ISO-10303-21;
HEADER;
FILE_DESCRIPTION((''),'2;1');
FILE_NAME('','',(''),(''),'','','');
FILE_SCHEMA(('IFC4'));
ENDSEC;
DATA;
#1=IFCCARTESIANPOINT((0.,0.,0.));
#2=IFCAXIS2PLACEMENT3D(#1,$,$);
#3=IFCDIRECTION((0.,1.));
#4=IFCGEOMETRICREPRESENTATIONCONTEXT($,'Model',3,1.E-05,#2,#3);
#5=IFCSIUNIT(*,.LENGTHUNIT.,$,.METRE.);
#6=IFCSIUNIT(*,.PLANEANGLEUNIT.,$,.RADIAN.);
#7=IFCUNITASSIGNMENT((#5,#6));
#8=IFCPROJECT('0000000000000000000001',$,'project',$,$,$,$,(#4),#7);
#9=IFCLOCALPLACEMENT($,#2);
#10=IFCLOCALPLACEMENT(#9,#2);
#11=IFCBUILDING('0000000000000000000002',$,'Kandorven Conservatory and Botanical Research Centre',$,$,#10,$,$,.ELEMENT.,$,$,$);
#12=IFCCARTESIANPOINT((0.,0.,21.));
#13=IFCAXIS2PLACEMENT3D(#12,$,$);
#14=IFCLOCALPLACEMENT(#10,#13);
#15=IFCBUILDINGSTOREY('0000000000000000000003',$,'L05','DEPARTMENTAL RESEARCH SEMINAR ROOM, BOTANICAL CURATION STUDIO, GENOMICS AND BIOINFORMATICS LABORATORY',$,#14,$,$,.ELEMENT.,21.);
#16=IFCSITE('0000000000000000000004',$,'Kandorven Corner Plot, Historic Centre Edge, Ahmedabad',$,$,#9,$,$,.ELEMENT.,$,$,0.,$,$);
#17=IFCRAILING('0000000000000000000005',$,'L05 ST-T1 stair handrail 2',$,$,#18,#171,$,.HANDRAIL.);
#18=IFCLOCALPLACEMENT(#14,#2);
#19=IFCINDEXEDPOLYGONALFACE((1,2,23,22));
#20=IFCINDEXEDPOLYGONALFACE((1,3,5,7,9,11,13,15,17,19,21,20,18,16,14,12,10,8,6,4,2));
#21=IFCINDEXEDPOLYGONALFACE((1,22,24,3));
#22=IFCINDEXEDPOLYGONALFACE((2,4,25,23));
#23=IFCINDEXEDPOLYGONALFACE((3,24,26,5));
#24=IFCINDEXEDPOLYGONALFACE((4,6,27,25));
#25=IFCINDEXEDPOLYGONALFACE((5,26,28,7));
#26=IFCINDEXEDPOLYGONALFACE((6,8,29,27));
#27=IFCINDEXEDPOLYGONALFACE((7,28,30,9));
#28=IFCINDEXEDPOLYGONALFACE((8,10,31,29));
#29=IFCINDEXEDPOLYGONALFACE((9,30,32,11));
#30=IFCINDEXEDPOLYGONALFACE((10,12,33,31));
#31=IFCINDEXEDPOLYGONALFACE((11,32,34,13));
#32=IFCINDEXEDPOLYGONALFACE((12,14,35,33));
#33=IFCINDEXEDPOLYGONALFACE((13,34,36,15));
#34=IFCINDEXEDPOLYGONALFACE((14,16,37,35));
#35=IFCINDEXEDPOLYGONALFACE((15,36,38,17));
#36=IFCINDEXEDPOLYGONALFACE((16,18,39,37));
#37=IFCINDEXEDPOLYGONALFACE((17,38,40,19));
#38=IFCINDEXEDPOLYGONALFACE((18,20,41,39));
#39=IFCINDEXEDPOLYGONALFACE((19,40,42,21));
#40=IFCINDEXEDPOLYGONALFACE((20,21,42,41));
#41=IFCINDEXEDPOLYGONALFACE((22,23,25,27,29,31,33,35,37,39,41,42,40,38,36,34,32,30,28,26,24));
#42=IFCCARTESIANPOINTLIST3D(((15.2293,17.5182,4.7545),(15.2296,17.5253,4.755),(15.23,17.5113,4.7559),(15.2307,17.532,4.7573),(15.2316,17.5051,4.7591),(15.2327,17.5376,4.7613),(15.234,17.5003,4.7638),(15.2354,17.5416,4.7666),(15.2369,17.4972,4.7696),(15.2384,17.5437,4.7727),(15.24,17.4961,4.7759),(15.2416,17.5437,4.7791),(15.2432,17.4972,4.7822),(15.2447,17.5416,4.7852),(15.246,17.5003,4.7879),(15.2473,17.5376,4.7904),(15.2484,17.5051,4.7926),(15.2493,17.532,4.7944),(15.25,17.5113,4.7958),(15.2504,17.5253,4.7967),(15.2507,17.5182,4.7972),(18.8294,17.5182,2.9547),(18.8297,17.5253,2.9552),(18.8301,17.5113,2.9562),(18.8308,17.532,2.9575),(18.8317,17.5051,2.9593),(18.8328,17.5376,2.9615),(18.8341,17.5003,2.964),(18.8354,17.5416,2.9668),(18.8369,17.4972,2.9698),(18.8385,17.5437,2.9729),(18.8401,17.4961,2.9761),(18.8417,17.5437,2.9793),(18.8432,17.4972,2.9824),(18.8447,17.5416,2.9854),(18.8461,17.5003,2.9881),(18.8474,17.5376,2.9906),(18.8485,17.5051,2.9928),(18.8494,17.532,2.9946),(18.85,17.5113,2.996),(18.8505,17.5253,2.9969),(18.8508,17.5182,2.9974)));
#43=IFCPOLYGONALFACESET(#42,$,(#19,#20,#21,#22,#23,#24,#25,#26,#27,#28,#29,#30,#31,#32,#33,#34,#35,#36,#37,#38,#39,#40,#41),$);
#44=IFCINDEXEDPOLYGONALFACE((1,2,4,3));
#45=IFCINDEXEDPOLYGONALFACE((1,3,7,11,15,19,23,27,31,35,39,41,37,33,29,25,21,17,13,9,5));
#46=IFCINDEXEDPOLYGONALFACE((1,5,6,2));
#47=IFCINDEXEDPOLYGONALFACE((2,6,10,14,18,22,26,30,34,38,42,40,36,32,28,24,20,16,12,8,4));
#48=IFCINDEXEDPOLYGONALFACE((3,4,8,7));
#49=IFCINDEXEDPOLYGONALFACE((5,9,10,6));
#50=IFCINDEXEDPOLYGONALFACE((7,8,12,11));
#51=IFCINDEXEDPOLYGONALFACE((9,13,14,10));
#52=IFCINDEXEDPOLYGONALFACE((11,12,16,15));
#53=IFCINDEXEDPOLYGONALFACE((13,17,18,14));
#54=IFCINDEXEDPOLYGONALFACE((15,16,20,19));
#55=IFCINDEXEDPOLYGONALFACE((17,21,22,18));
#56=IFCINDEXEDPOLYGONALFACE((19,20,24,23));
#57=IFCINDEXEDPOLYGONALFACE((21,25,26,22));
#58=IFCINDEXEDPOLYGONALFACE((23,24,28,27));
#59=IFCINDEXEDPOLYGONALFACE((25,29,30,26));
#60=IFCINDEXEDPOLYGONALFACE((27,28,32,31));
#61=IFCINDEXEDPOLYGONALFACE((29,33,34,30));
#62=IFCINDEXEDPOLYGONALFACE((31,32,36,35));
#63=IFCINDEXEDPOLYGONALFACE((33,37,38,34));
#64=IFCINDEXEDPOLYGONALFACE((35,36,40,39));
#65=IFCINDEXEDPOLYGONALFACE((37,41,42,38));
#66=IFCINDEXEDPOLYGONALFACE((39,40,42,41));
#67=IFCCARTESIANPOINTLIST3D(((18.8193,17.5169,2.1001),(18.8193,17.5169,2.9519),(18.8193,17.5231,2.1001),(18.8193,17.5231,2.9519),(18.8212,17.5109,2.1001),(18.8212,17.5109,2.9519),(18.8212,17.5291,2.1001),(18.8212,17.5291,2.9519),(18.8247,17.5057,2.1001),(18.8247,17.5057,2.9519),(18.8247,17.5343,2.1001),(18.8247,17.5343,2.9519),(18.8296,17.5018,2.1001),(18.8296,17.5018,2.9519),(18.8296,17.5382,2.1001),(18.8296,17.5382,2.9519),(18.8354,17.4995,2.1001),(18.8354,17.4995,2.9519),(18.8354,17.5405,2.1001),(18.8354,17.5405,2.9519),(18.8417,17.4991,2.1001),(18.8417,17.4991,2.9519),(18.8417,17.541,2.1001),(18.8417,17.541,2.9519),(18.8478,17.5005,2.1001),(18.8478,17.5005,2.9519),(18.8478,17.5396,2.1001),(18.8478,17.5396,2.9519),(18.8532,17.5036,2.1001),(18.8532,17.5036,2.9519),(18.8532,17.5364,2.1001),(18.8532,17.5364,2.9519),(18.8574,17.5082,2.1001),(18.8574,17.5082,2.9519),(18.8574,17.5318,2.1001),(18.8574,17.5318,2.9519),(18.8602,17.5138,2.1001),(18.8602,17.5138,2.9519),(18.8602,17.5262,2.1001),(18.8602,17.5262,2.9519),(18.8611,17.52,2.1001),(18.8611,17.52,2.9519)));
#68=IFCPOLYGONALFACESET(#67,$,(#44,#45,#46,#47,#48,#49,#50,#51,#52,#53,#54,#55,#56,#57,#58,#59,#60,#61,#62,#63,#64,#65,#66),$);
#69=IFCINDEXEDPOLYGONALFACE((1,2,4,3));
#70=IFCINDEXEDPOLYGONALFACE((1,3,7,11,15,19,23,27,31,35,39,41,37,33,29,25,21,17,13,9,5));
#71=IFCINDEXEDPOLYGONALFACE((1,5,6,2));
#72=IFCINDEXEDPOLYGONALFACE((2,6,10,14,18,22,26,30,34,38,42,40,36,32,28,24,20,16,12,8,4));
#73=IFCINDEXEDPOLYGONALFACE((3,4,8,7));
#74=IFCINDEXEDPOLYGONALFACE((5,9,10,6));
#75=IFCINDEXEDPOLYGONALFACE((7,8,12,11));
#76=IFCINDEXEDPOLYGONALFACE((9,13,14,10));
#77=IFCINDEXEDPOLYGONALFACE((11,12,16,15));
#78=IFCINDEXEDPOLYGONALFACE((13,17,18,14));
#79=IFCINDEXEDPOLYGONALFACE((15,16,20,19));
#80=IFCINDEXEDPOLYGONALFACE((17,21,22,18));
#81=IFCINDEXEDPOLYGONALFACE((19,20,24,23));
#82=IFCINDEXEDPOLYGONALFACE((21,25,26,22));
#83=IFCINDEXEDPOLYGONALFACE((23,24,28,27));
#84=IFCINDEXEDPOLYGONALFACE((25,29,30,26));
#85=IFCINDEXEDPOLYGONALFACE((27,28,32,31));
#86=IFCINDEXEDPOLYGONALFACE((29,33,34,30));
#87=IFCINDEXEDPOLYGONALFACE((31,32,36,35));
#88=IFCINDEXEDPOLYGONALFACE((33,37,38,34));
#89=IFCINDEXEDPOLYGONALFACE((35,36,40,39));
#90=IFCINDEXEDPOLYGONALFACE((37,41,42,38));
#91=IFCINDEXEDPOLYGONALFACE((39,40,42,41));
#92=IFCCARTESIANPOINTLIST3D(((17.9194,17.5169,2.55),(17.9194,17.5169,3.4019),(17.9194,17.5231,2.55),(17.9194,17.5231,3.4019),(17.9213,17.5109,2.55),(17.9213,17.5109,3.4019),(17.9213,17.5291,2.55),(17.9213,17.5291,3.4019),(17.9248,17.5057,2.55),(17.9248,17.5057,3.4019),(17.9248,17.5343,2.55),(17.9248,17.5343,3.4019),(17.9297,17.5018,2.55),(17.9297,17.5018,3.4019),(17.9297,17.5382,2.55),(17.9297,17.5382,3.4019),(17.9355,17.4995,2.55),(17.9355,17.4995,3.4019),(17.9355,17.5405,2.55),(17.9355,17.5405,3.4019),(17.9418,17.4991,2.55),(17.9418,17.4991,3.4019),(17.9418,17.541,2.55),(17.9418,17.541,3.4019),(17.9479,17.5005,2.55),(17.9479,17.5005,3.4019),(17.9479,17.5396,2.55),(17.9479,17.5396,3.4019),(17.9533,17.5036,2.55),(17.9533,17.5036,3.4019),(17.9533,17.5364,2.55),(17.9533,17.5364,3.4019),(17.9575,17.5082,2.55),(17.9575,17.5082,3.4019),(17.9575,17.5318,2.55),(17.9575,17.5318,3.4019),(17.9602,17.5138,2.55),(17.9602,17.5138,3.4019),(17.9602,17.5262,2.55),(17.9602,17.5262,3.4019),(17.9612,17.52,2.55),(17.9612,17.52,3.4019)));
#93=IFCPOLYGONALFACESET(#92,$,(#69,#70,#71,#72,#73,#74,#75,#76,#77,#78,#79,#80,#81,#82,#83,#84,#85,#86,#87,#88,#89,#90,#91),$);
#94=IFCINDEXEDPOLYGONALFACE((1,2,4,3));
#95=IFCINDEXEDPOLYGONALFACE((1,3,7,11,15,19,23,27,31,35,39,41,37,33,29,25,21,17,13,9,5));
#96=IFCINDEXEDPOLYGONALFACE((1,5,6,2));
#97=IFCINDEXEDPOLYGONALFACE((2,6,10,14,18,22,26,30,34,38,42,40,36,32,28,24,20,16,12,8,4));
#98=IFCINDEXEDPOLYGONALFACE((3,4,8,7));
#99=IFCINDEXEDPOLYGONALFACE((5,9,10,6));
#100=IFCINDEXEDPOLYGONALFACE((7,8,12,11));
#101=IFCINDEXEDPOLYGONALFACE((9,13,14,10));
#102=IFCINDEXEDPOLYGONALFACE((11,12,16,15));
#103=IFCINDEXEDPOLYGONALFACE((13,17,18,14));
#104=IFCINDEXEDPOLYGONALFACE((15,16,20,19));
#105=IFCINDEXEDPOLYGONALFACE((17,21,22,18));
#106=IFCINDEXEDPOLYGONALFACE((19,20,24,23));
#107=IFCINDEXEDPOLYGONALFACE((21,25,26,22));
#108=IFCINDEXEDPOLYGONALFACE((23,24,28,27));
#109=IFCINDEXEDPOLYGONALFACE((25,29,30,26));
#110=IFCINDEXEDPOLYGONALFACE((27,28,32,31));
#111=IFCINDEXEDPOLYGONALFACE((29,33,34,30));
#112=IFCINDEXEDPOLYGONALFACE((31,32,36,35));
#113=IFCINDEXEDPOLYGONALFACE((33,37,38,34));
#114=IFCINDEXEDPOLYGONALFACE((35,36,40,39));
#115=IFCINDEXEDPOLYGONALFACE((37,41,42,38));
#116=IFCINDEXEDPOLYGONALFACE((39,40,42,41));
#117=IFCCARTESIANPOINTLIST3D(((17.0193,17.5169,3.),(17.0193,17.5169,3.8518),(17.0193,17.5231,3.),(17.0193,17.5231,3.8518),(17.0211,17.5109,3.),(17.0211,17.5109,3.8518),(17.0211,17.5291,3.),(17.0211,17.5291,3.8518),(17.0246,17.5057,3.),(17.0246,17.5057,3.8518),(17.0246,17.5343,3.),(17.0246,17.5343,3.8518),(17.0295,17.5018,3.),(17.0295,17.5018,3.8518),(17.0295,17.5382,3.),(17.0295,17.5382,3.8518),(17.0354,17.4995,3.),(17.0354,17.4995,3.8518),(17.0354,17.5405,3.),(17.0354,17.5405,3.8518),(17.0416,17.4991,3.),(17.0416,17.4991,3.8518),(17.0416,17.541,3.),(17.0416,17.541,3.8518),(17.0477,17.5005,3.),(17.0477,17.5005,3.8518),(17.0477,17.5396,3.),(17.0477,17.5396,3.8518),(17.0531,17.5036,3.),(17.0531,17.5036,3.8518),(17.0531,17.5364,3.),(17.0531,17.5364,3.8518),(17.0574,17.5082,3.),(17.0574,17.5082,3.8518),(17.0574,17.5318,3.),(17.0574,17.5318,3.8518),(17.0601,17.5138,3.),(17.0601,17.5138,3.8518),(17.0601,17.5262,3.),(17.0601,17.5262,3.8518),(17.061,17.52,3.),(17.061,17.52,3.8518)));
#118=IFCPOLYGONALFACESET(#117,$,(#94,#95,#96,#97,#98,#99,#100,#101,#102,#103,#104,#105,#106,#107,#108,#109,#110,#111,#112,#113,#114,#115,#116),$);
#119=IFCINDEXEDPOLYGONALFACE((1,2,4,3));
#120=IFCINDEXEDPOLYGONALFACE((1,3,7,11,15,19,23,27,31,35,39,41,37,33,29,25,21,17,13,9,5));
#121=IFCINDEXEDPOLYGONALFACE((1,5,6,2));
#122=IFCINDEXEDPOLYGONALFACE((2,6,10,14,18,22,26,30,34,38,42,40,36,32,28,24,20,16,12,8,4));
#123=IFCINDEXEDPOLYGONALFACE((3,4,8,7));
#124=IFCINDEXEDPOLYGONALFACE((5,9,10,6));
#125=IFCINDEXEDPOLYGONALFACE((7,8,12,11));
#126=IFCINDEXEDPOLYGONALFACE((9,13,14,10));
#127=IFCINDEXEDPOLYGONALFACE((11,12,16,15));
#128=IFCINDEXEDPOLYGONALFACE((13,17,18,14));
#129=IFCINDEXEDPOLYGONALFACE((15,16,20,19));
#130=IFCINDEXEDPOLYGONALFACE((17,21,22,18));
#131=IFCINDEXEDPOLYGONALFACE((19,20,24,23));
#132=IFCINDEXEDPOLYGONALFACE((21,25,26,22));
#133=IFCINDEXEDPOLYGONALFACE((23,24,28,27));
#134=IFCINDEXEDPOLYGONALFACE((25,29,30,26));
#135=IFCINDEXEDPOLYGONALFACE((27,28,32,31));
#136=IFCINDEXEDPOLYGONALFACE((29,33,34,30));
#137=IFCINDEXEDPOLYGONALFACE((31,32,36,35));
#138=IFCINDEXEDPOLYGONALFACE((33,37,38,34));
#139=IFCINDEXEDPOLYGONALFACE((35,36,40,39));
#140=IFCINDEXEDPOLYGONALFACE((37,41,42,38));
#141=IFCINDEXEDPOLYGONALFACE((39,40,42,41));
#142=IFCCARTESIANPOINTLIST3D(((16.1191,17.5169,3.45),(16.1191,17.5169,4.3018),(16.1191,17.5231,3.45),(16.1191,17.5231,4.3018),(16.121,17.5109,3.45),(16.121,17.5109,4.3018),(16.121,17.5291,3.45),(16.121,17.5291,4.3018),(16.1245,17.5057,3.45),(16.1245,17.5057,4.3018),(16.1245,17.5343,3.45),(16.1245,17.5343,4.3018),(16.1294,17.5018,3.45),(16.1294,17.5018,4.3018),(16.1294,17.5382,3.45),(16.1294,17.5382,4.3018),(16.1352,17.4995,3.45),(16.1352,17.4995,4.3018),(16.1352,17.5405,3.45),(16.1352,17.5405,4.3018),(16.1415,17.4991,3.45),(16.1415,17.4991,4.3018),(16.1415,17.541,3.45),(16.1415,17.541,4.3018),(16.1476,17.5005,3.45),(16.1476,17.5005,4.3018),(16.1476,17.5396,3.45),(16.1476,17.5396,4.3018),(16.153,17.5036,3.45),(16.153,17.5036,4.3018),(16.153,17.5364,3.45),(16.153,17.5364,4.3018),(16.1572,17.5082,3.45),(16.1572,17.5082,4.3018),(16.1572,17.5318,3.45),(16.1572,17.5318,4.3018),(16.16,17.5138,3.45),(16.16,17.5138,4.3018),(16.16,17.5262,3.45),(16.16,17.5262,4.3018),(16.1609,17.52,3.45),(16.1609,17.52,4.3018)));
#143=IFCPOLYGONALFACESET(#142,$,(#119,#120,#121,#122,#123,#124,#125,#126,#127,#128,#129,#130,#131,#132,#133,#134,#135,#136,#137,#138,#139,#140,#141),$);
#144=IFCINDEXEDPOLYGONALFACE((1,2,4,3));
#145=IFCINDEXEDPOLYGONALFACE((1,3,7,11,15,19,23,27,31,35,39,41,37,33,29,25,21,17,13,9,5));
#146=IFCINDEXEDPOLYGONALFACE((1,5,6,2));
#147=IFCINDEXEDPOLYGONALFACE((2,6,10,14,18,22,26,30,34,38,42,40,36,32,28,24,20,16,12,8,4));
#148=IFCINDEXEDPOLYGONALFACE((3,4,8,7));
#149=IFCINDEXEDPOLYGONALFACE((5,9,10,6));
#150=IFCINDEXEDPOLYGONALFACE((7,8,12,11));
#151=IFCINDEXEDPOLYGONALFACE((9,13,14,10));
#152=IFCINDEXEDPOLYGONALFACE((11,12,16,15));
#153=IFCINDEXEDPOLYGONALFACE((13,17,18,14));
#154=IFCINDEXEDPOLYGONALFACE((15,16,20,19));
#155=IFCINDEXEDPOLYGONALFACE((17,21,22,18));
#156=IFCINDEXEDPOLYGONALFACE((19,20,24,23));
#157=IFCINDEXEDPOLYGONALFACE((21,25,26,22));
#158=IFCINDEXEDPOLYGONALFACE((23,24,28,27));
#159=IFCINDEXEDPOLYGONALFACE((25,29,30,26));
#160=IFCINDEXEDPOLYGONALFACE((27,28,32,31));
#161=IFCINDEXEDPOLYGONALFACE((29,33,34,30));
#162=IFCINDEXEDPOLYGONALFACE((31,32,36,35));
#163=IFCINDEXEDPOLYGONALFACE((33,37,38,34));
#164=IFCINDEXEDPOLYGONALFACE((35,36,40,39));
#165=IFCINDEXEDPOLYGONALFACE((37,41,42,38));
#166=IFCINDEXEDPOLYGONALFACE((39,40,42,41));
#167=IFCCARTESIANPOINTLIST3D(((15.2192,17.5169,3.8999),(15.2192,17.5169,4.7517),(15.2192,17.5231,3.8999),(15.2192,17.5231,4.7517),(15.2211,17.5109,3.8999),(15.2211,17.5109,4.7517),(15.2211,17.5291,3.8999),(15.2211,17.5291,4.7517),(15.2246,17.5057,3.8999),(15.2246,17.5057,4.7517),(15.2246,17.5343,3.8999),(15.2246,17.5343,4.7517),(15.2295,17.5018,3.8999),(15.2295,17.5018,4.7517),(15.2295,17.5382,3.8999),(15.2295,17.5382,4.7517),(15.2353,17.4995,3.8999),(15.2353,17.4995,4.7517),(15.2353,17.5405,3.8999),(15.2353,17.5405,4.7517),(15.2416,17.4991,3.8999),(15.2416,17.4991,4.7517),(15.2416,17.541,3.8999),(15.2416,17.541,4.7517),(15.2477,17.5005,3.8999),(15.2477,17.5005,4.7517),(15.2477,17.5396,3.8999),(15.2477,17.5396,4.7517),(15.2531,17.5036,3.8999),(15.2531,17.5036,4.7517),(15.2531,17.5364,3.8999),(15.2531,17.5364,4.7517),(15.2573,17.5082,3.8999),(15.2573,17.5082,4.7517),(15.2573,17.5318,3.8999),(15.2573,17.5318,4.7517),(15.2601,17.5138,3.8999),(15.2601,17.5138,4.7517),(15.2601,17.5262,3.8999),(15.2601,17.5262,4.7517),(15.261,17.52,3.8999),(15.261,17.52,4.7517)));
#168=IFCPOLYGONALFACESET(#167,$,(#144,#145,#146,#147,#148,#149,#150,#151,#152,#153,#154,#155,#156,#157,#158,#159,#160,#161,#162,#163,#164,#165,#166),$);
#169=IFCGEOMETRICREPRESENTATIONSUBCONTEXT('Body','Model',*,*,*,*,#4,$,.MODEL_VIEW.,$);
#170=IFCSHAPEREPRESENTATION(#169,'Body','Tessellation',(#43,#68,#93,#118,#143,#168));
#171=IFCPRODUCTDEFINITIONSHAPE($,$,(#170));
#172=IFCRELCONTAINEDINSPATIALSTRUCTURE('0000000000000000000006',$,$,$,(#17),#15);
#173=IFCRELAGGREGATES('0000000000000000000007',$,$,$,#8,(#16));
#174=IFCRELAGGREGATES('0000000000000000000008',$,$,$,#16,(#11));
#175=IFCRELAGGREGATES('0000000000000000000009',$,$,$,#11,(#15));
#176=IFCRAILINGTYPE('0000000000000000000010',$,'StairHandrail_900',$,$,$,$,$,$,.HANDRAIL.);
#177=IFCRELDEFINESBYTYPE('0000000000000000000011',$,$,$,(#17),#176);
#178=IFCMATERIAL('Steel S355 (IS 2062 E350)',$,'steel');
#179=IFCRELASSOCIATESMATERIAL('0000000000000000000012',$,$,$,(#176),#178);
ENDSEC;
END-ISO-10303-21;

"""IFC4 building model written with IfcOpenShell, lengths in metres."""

from ifc_helpers import new_model, si_unit, direction, frame, origin, origin_2d, place, context, subcontext, project, spatial, circle, extrude, material, type_object, element, save


model = new_model("IFC4")

# Units and contexts
model_context = context("Model", 3, precision=1e-05, world=origin(), true_north=direction((0.0, 1.0)))
body_context = subcontext(model_context, "Body", "Model", "MODEL_VIEW")
ifc_project = project(units=[si_unit("LENGTHUNIT", "METRE"), si_unit("PLANEANGLEUNIT", "RADIAN")], contexts=[model_context])

# Site, building, storey
site_placement = place(None, origin())
site = spatial("IfcSite", under=ifc_project, at=site_placement, Name="Kandorven Corner Plot, Historic Centre Edge, Ahmedabad", CompositionType="ELEMENT", RefElevation=0.0)
building_placement = place(site_placement, origin())
building = spatial("IfcBuilding", under=site, at=building_placement, Name="Kandorven Conservatory and Botanical Research Centre", CompositionType="ELEMENT")
storey_placement = place(building_placement, frame((0.0, 0.0, 21.0)))
storey = spatial("IfcBuildingStorey", under=building, at=storey_placement, Name="L05", Description="DEPARTMENTAL RESEARCH SEMINAR ROOM, BOTANICAL CURATION STUDIO, GENOMICS AND BIOINFORMATICS LABORATORY", CompositionType="ELEMENT", Elevation=21.0)

# Railing
ifc_material_1 = material(Name="Steel S355 (IS 2062 E350)", Category="steel")
railing_type_1 = type_object("IfcRailingType", Name="StairHandrail_900", PredefinedType="HANDRAIL", material=ifc_material_1)
railing_1_placement = place(storey_placement, frame((18.8401, 17.52, 2.1001)))
element("IfcRailing", 1, at=railing_1_placement, inside=storey, type_object=railing_type_1, Name="L05 ST-T1 stair handrail 2", PredefinedType="HANDRAIL", context=body_context, shape_type="SweptSolid", body=[
    extrude(circle(Radius=0.0239, at=origin_2d()), frame((0.0, 0.0, 0.876), z_axis=(-0.894451, 0.0, 0.447165), x_axis=(0.0, -1.0, 0.0)), (0.0, 0.0, 1.0), 4.0249),
    extrude(circle(Radius=0.021, at=origin_2d()), origin(), (0.0, 0.0, 1.0), 0.8518),
    extrude(circle(Radius=0.021, at=origin_2d()), frame((-0.8999, 0.0, 0.45)), (0.0, 0.0, 1.0), 0.8518),
    extrude(circle(Radius=0.021, at=origin_2d()), frame((-1.8, 0.0, 0.8999)), (0.0, 0.0, 1.0), 0.8518),
    extrude(circle(Radius=0.021, at=origin_2d()), frame((-2.7002, 0.0, 1.3499)), (0.0, 0.0, 1.0), 0.8518),
    extrude(circle(Radius=0.021, at=origin_2d()), frame((-3.6001, 0.0, 1.7998)), (0.0, 0.0, 1.0), 0.8518),
])

save(model, "model.ifc")
